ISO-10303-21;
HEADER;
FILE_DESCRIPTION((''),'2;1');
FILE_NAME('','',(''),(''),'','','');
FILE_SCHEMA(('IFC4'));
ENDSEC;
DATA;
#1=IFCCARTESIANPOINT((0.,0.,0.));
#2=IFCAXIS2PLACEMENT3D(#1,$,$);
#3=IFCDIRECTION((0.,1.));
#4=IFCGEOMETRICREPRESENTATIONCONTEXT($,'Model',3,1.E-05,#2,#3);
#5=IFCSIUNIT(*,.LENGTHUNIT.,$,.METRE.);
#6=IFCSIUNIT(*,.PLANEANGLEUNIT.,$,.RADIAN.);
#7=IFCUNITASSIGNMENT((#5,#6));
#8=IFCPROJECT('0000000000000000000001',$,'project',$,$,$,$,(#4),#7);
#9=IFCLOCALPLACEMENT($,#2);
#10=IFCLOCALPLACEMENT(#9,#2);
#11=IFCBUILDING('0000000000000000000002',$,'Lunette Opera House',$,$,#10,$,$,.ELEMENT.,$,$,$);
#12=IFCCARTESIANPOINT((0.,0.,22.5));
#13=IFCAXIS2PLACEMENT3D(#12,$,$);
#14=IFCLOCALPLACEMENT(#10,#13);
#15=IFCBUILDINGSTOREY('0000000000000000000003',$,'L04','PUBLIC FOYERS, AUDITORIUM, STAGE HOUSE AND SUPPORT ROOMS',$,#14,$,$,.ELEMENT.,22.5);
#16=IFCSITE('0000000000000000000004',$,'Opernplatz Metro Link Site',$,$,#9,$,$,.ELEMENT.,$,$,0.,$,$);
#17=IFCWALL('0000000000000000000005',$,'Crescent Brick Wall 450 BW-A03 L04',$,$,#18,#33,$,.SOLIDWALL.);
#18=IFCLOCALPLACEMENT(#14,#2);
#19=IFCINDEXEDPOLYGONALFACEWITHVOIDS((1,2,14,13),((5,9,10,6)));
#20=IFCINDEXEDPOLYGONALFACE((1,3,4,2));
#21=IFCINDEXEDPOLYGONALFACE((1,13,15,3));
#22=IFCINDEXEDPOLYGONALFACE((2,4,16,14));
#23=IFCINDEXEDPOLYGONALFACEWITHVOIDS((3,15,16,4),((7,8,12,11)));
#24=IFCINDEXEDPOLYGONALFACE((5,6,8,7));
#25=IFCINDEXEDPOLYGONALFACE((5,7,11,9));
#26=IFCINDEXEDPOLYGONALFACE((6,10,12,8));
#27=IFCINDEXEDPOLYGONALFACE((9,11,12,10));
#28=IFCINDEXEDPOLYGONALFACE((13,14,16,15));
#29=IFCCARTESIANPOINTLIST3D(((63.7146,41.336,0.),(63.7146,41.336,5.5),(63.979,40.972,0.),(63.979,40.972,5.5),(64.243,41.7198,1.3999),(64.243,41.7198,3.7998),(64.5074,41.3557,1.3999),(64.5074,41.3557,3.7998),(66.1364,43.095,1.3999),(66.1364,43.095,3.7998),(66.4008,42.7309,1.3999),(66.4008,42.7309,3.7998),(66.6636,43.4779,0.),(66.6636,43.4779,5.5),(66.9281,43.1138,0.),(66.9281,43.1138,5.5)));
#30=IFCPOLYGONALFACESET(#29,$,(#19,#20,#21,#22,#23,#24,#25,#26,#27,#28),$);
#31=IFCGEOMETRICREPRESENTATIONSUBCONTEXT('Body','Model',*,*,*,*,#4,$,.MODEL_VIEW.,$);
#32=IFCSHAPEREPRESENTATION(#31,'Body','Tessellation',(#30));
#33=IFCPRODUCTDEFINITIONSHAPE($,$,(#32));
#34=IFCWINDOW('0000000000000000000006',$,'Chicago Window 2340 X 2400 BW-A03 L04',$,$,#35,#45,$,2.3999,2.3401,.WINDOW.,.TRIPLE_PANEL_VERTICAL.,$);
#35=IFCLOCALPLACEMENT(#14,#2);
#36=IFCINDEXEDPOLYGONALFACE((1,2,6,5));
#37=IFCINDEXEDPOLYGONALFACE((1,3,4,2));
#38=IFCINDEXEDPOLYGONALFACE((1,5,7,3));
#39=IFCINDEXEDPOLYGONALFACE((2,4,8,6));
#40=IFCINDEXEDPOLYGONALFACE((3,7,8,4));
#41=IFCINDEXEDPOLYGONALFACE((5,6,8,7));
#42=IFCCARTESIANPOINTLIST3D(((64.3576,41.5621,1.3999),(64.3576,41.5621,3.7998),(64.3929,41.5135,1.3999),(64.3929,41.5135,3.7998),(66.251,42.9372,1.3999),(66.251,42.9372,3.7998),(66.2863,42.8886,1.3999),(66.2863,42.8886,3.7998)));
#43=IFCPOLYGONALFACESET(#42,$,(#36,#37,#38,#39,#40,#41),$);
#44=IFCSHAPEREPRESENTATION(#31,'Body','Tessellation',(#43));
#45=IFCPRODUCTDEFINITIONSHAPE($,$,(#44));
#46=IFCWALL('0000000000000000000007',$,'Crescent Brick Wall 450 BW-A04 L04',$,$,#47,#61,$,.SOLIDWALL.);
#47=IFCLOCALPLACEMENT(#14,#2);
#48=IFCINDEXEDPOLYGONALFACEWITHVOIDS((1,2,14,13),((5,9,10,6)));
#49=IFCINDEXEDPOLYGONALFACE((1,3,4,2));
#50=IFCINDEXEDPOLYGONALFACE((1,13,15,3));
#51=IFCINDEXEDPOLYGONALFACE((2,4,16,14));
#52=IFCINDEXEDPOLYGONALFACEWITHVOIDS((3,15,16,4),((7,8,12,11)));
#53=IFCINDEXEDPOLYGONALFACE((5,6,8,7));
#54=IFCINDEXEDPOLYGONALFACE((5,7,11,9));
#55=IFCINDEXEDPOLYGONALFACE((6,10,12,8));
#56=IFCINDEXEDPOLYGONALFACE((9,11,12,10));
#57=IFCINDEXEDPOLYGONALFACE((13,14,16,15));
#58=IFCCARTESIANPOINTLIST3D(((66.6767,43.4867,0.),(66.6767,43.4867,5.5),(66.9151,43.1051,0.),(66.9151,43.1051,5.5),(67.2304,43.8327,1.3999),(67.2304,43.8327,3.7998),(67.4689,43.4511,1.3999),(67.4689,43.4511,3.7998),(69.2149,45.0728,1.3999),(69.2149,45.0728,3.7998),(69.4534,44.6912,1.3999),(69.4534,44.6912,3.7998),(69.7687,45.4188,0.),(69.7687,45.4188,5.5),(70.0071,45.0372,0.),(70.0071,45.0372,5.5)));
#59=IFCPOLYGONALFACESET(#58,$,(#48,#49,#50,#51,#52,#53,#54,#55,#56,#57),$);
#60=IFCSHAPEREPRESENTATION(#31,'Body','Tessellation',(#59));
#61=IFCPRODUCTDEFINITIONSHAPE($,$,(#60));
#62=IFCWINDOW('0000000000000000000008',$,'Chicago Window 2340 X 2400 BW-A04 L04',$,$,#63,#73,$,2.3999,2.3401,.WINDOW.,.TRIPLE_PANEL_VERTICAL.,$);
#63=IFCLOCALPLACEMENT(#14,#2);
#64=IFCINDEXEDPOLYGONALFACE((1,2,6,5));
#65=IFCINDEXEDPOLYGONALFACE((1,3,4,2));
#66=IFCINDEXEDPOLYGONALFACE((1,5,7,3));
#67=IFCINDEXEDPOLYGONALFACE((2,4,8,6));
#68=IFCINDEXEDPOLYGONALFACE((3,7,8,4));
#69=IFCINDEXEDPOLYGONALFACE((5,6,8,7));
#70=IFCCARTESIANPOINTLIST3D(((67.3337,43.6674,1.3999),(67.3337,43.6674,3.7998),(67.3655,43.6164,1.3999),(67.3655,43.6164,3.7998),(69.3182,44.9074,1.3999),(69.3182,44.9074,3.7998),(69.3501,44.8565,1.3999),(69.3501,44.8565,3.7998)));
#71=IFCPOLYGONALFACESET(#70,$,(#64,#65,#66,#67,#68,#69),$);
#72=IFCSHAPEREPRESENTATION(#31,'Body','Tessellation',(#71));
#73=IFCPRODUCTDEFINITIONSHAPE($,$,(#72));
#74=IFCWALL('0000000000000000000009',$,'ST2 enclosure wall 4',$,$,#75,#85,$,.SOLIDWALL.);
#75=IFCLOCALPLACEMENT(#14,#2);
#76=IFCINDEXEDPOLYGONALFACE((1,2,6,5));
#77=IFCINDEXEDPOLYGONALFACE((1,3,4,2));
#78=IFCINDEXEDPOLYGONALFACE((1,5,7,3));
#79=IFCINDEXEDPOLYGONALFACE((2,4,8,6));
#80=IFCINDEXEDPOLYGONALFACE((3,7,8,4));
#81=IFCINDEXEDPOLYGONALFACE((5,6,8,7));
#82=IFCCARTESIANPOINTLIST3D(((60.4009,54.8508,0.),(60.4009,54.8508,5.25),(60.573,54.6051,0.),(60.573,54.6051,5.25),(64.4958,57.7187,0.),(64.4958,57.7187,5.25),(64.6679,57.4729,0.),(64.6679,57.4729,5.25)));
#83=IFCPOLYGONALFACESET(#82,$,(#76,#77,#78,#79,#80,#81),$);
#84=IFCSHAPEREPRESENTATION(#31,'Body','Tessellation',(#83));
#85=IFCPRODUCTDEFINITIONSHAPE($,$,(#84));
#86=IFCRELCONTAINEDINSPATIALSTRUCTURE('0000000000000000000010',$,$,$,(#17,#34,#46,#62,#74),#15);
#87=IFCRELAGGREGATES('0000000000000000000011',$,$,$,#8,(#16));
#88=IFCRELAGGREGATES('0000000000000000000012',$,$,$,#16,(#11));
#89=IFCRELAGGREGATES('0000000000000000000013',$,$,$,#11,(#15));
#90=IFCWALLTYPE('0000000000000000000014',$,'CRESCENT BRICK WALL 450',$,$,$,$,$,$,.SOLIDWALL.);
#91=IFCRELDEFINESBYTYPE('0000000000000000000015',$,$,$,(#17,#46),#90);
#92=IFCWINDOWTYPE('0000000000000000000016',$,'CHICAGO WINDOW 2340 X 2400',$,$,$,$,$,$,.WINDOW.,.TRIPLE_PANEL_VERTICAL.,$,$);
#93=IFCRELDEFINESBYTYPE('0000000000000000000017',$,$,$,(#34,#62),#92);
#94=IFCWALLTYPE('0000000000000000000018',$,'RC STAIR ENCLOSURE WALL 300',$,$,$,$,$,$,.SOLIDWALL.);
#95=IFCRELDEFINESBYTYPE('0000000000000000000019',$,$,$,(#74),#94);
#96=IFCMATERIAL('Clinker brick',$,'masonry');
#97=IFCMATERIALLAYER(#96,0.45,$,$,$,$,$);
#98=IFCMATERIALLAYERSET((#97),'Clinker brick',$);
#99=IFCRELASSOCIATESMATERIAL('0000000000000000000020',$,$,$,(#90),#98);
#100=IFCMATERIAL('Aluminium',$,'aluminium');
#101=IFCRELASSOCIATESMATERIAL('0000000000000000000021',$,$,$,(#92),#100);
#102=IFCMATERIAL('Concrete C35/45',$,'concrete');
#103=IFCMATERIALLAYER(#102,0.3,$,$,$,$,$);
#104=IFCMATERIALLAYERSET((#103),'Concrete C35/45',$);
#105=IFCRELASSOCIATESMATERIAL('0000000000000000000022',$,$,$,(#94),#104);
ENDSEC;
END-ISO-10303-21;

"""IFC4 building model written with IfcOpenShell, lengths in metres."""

from ifc_helpers import new_model, si_unit, direction, frame, frame_2d, origin, place, context, subcontext, project, spatial, rectangle, extrude, material, layer, layer_set, type_object, element, fill, save


model = new_model("IFC4")

# Units and contexts
model_context = context("Model", 3, precision=1e-05, world=origin(), true_north=direction((0.0, 1.0)))
body_context = subcontext(model_context, "Body", "Model", "MODEL_VIEW")
ifc_project = project(units=[si_unit("LENGTHUNIT", "METRE"), si_unit("PLANEANGLEUNIT", "RADIAN")], contexts=[model_context])

# Site, building, storey
site_placement = place(None, origin())
site = spatial("IfcSite", under=ifc_project, at=site_placement, Name="Opernplatz Metro Link Site", CompositionType="ELEMENT", RefElevation=0.0)
building_placement = place(site_placement, origin())
building = spatial("IfcBuilding", under=site, at=building_placement, Name="Lunette Opera House", CompositionType="ELEMENT")
storey_placement = place(building_placement, frame((0.0, 0.0, 22.5)))
storey = spatial("IfcBuildingStorey", under=building, at=storey_placement, Name="L04", Description="PUBLIC FOYERS, AUDITORIUM, STAGE HOUSE AND SUPPORT ROOMS", CompositionType="ELEMENT", Elevation=22.5)

# Walls, openings, windows
ifc_material_1 = material(Name="Clinker brick", Category="masonry")
ifc_layer_1 = layer(ifc_material_1, 0.45)
ifc_layer_set_1 = layer_set([ifc_layer_1], Name="Clinker brick")
wall_type_1 = type_object("IfcWallType", Name="CRESCENT BRICK WALL 450", PredefinedType="SOLIDWALL", material=ifc_layer_set_1)
ifc_material_2 = material(Name="Aluminium", Category="aluminium")
window_type = type_object("IfcWindowType", Name="CHICAGO WINDOW 2340 X 2400", PartitioningType="TRIPLE_PANEL_VERTICAL", PredefinedType="WINDOW", material=ifc_material_2)
wall_1_placement = place(storey_placement, frame((63.8469, 41.1541, 0.0), z_axis=(0.0, 0.0, 1.0), x_axis=(0.80911, 0.587658, 0.0)))
wall_1 = element("IfcWall", 1, at=wall_1_placement, inside=storey, type_object=wall_type_1, Name="Crescent Brick Wall 450 BW-A03 L04", PredefinedType="SOLIDWALL", context=body_context, shape_type="SweptSolid", body=[
    extrude(rectangle(XDim=3.6448, YDim=0.45, at=frame_2d((1.8223, 0.0))), origin(), (0.0, 0.0, 1.0), 5.5),
])
opening_1_placement = place(wall_1_placement, frame((0.6531, 0.0, 1.3999)))
opening_1 = element("IfcOpeningElement", 2, at=opening_1_placement, cuts=wall_1, PredefinedType="OPENING", context=body_context, shape_type="SweptSolid", body=[
    extrude(rectangle(XDim=2.3401, YDim=2.3999, at=frame_2d((1.1699, 1.2))), frame((0.0, 0.2371, 0.0), z_axis=(0.0, -1.0, 0.0), x_axis=(1.0, 0.0, 0.0)), (0.0, 0.0, 1.0), 0.4739),
])
window_1_placement = place(opening_1_placement, origin())
window_1 = element("IfcWindow", 3, at=window_1_placement, inside=storey, type_object=window_type, Name="Chicago Window 2340 X 2400 BW-A03 L04", OverallHeight=2.3999, OverallWidth=2.3401, PartitioningType="TRIPLE_PANEL_VERTICAL", PredefinedType="WINDOW", context=body_context, shape_type="SweptSolid", body=[
    extrude(rectangle(XDim=2.3401, YDim=2.3999, at=frame_2d((1.1699, 1.2))), frame((0.0, 0.03, 0.0), z_axis=(0.0, -1.0, 0.0), x_axis=(1.0, 0.0, 0.0)), (0.0, 0.0, 1.0), 0.0601),
])
fill(opening_1, window_1)
wall_2_placement = place(storey_placement, frame((66.7959, 43.2959, 0.0), z_axis=(0.0, 0.0, 1.0), x_axis=(0.848047, 0.529921, 0.0)))
wall_2 = element("IfcWall", 4, at=wall_2_placement, inside=storey, type_object=wall_type_1, Name="Crescent Brick Wall 450 BW-A04 L04", PredefinedType="SOLIDWALL", context=body_context, shape_type="SweptSolid", body=[
    extrude(rectangle(XDim=3.646, YDim=0.45, at=frame_2d((1.823, 0.0))), origin(), (0.0, 0.0, 1.0), 5.5),
])
opening_2_placement = place(wall_2_placement, frame((0.6531, 0.0, 1.3999)))
opening_2 = element("IfcOpeningElement", 5, at=opening_2_placement, cuts=wall_2, PredefinedType="OPENING", context=body_context, shape_type="SweptSolid", body=[
    extrude(rectangle(XDim=2.3401, YDim=2.3999, at=frame_2d((1.1699, 1.2))), frame((0.0, 0.2371, 0.0), z_axis=(0.0, -1.0, 0.0), x_axis=(1.0, 0.0, 0.0)), (0.0, 0.0, 1.0), 0.4739),
])
window_2_placement = place(opening_2_placement, origin())
window_2 = element("IfcWindow", 6, at=window_2_placement, inside=storey, type_object=window_type, Name="Chicago Window 2340 X 2400 BW-A04 L04", OverallHeight=2.3999, OverallWidth=2.3401, PartitioningType="TRIPLE_PANEL_VERTICAL", PredefinedType="WINDOW", context=body_context, shape_type="SweptSolid", body=[
    extrude(rectangle(XDim=2.3401, YDim=2.3999, at=frame_2d((1.1699, 1.2))), frame((0.0, 0.03, 0.0), z_axis=(0.0, -1.0, 0.0), x_axis=(1.0, 0.0, 0.0)), (0.0, 0.0, 1.0), 0.0601),
])
fill(opening_2, window_2)

# Wall
ifc_material_3 = material(Name="Concrete C35/45", Category="concrete")
ifc_layer_2 = layer(ifc_material_3, 0.3)
ifc_layer_set_2 = layer_set([ifc_layer_2], Name="Concrete C35/45")
wall_type_2 = type_object("IfcWallType", Name="RC STAIR ENCLOSURE WALL 300", PredefinedType="SOLIDWALL", material=ifc_layer_set_2)
wall_3_placement = place(storey_placement, frame((60.4871, 54.728, 0.0), z_axis=(0.0, 0.0, 1.0), x_axis=(0.819097, 0.573656, 0.0)))
element("IfcWall", 7, at=wall_3_placement, inside=storey, type_object=wall_type_2, Name="ST2 enclosure wall 4", PredefinedType="SOLIDWALL", context=body_context, shape_type="SweptSolid", body=[
    extrude(rectangle(XDim=4.9993, YDim=0.3, at=frame_2d((2.4995, 0.0))), origin(), (0.0, 0.0, 1.0), 5.25),
])

save(model, "model.ifc")
